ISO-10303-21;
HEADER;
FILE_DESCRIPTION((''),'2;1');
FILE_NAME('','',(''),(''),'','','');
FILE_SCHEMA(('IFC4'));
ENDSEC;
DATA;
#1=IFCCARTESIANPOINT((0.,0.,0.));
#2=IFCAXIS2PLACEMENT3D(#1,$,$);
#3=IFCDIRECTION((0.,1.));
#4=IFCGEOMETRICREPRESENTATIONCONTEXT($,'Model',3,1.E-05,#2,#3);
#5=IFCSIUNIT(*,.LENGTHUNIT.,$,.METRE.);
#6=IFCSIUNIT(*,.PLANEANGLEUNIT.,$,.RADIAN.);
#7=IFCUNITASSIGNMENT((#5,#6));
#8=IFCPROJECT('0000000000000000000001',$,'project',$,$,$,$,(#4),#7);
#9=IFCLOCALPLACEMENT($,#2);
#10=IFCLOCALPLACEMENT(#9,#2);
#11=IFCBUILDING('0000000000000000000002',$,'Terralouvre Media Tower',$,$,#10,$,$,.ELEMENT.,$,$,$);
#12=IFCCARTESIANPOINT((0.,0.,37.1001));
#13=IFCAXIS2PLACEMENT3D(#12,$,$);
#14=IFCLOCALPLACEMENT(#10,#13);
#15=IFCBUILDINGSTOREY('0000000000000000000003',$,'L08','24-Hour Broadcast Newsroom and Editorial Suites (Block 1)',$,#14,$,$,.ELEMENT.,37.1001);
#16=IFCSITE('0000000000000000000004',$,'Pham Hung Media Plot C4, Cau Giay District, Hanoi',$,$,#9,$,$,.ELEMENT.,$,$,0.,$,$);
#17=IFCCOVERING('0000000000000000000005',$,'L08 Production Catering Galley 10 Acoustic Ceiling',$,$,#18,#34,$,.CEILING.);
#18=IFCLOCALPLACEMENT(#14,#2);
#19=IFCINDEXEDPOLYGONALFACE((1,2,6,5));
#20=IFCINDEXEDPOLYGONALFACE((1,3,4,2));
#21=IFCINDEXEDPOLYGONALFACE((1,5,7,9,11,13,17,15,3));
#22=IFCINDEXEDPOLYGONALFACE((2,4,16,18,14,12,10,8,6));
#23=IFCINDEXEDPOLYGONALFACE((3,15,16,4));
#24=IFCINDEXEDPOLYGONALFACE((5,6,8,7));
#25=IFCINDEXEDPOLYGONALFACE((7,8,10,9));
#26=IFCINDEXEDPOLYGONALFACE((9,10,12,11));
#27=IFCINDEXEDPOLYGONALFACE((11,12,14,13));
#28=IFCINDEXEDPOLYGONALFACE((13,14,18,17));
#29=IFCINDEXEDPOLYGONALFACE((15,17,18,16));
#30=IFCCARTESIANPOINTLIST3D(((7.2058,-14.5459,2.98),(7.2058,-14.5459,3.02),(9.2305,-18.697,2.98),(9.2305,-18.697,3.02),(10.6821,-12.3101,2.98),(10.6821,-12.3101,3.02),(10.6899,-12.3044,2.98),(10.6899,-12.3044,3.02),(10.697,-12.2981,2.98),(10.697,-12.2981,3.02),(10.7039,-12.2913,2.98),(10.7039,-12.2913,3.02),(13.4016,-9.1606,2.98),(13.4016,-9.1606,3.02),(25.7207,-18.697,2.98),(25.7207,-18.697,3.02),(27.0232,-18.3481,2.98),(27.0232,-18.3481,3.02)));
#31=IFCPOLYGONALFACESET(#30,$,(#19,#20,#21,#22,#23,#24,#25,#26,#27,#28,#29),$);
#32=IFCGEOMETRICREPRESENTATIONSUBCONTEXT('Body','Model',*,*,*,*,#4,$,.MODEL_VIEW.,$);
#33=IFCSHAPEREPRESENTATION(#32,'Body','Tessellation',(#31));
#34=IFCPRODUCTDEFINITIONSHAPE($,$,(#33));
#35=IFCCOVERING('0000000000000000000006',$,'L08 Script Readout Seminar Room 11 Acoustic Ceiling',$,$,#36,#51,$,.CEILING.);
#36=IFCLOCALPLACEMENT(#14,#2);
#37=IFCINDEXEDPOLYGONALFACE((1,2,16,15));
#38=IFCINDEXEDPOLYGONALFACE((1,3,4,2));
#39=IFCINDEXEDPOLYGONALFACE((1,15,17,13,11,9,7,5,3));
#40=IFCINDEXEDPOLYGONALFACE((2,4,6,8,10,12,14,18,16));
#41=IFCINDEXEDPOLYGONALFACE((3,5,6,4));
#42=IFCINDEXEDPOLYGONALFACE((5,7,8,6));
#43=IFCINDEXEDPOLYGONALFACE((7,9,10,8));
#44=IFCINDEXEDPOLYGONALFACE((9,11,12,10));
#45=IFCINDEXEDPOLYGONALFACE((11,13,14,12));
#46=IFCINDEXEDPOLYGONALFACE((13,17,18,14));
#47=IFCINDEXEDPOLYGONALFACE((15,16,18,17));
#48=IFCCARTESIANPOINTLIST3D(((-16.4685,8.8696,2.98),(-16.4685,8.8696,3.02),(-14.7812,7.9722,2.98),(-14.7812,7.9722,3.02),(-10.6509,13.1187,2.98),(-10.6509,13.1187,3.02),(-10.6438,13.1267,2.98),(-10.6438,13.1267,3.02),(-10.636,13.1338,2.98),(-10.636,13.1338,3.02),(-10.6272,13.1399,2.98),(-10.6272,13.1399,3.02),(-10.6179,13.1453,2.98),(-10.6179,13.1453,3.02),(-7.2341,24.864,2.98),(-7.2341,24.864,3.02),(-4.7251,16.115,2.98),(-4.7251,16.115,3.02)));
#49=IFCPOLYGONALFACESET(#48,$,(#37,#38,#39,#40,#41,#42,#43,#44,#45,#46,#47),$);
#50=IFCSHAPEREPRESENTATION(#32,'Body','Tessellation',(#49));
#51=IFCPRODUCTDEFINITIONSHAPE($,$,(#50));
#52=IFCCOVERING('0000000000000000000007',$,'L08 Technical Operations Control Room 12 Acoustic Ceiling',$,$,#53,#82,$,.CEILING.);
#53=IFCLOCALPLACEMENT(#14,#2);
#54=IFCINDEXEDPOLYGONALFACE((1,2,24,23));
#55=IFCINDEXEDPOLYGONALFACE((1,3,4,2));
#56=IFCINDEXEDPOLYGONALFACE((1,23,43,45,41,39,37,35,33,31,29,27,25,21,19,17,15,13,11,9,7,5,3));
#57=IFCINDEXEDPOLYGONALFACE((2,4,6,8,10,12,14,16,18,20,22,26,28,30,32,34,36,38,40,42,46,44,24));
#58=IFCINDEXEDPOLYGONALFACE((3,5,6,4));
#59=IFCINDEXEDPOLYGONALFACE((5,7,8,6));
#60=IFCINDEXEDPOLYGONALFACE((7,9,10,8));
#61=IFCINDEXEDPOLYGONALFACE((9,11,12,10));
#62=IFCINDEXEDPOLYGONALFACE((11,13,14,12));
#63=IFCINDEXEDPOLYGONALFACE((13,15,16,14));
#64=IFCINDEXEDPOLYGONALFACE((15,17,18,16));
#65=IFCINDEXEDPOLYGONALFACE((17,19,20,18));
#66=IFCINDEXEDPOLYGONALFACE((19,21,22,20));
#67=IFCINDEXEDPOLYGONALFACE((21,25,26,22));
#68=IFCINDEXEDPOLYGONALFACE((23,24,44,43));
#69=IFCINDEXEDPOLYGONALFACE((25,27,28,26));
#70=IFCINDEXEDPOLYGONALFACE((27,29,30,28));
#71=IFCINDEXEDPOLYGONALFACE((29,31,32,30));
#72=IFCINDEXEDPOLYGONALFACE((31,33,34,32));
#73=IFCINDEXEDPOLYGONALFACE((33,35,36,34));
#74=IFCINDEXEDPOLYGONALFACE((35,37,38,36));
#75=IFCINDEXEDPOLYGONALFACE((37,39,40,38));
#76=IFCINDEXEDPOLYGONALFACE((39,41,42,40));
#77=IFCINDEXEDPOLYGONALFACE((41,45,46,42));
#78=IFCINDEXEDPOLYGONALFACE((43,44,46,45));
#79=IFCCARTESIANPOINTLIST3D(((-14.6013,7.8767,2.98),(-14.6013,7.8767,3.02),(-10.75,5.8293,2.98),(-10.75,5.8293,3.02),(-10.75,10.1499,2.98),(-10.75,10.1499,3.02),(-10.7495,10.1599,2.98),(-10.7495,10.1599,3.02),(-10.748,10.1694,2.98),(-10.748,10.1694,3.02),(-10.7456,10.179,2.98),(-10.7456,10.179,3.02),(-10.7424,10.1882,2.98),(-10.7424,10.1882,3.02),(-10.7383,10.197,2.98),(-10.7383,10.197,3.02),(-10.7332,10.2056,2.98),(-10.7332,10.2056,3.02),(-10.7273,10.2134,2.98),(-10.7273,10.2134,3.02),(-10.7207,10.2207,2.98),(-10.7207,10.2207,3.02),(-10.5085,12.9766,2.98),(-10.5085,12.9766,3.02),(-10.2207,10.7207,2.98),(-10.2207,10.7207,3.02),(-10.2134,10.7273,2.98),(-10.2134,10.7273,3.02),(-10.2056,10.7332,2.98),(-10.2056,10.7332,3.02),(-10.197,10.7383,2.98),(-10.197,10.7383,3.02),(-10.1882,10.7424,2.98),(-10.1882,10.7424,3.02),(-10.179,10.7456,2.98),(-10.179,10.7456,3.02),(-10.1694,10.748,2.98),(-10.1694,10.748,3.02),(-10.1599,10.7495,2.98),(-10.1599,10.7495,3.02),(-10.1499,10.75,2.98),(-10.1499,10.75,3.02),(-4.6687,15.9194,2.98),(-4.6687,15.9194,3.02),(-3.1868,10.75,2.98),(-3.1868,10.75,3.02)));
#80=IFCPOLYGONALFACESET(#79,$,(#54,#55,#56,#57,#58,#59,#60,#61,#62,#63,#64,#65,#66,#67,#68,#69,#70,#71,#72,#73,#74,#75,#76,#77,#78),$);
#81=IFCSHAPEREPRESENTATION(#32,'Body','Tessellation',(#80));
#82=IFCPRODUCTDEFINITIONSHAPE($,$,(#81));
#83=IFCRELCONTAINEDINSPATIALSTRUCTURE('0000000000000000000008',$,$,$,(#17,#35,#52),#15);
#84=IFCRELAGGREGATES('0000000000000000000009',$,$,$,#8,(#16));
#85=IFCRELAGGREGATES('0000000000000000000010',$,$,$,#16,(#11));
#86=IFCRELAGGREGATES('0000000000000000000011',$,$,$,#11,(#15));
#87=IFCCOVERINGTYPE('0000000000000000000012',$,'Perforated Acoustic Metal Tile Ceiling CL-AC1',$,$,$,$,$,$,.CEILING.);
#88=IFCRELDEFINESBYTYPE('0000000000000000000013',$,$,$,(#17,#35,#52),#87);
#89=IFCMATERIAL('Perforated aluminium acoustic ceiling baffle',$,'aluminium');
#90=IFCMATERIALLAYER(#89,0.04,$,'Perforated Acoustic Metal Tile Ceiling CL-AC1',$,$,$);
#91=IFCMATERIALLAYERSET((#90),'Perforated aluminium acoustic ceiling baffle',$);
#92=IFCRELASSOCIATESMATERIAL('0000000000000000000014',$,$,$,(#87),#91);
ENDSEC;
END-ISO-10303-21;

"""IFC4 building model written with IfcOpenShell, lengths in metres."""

from ifc_helpers import new_model, si_unit, direction, frame, origin, place, context, subcontext, project, spatial, polyline, outline, extrude, material, layer, layer_set, type_object, element, save


model = new_model("IFC4")

# Units and contexts
model_context = context("Model", 3, precision=1e-05, world=origin(), true_north=direction((0.0, 1.0)))
body_context = subcontext(model_context, "Body", "Model", "MODEL_VIEW")
ifc_project = project(units=[si_unit("LENGTHUNIT", "METRE"), si_unit("PLANEANGLEUNIT", "RADIAN")], contexts=[model_context])

# Site, building, storey
site_placement = place(None, origin())
site = spatial("IfcSite", under=ifc_project, at=site_placement, Name="Pham Hung Media Plot C4, Cau Giay District, Hanoi", CompositionType="ELEMENT", RefElevation=0.0)
building_placement = place(site_placement, origin())
building = spatial("IfcBuilding", under=site, at=building_placement, Name="Terralouvre Media Tower", CompositionType="ELEMENT")
storey_placement = place(building_placement, frame((0.0, 0.0, 37.1001)))
storey = spatial("IfcBuildingStorey", under=building, at=storey_placement, Name="L08", Description="24-Hour Broadcast Newsroom and Editorial Suites (Block 1)", CompositionType="ELEMENT", Elevation=37.1001)

# Coverings
ifc_material_1 = material(Name="Perforated aluminium acoustic ceiling baffle", Category="aluminium")
ifc_layer_1 = layer(ifc_material_1, 0.04, Name="Perforated Acoustic Metal Tile Ceiling CL-AC1")
ifc_layer_set_1 = layer_set([ifc_layer_1], Name="Perforated aluminium acoustic ceiling baffle")
covering_type_1 = type_object("IfcCoveringType", Name="Perforated Acoustic Metal Tile Ceiling CL-AC1", PredefinedType="CEILING", material=ifc_layer_set_1)
covering_1_placement = place(storey_placement, frame((0.0, 0.0, 2.98)))
element("IfcCovering", 1, at=covering_1_placement, inside=storey, type_object=covering_type_1, Name="L08 Production Catering Galley 10 Acoustic Ceiling", PredefinedType="CEILING", context=body_context, shape_type="SweptSolid", body=[
    extrude(outline(polyline([(10.7039, -12.2913), (10.697, -12.2981), (10.6899, -12.3044), (10.6821, -12.3101), (7.2058, -14.5459), (9.2305, -18.697), (25.7207, -18.697), (27.0232, -18.3481), (13.4016, -9.1606), (10.7039, -12.2913)])), origin(), (0.0, 0.0, 1.0), 0.04),
])
covering_2_placement = place(storey_placement, frame((0.0, 0.0, 2.98)))
element("IfcCovering", 2, at=covering_2_placement, inside=storey, type_object=covering_type_1, Name="L08 Script Readout Seminar Room 11 Acoustic Ceiling", PredefinedType="CEILING", context=body_context, shape_type="SweptSolid", body=[
    extrude(outline(polyline([(-10.6509, 13.1187), (-10.6438, 13.1267), (-10.636, 13.1338), (-10.6272, 13.1399), (-10.6179, 13.1453), (-4.7251, 16.115), (-7.2341, 24.864), (-16.4685, 8.8696), (-14.7812, 7.9722), (-10.6509, 13.1187)])), origin(), (0.0, 0.0, 1.0), 0.04),
])
covering_3_placement = place(storey_placement, frame((0.0, 0.0, 2.98)))
element("IfcCovering", 3, at=covering_3_placement, inside=storey, type_object=covering_type_1, Name="L08 Technical Operations Control Room 12 Acoustic Ceiling", PredefinedType="CEILING", context=body_context, shape_type="SweptSolid", body=[
    extrude(outline(polyline([(-10.5085, 12.9766), (-14.6013, 7.8767), (-10.75, 5.8293), (-10.75, 10.1499), (-10.7495, 10.1599), (-10.748, 10.1694), (-10.7456, 10.179), (-10.7424, 10.1882), (-10.7383, 10.197), (-10.7332, 10.2056), (-10.7273, 10.2134), (-10.7207, 10.2207), (-10.2207, 10.7207), (-10.2134, 10.7273), (-10.2056, 10.7332), (-10.197, 10.7383), (-10.1882, 10.7424), (-10.179, 10.7456), (-10.1694, 10.748), (-10.1599, 10.7495), (-10.1499, 10.75), (-3.1868, 10.75), (-4.6687, 15.9194), (-10.5085, 12.9766)])), origin(), (0.0, 0.0, 1.0), 0.04),
])

save(model, "model.ifc")
